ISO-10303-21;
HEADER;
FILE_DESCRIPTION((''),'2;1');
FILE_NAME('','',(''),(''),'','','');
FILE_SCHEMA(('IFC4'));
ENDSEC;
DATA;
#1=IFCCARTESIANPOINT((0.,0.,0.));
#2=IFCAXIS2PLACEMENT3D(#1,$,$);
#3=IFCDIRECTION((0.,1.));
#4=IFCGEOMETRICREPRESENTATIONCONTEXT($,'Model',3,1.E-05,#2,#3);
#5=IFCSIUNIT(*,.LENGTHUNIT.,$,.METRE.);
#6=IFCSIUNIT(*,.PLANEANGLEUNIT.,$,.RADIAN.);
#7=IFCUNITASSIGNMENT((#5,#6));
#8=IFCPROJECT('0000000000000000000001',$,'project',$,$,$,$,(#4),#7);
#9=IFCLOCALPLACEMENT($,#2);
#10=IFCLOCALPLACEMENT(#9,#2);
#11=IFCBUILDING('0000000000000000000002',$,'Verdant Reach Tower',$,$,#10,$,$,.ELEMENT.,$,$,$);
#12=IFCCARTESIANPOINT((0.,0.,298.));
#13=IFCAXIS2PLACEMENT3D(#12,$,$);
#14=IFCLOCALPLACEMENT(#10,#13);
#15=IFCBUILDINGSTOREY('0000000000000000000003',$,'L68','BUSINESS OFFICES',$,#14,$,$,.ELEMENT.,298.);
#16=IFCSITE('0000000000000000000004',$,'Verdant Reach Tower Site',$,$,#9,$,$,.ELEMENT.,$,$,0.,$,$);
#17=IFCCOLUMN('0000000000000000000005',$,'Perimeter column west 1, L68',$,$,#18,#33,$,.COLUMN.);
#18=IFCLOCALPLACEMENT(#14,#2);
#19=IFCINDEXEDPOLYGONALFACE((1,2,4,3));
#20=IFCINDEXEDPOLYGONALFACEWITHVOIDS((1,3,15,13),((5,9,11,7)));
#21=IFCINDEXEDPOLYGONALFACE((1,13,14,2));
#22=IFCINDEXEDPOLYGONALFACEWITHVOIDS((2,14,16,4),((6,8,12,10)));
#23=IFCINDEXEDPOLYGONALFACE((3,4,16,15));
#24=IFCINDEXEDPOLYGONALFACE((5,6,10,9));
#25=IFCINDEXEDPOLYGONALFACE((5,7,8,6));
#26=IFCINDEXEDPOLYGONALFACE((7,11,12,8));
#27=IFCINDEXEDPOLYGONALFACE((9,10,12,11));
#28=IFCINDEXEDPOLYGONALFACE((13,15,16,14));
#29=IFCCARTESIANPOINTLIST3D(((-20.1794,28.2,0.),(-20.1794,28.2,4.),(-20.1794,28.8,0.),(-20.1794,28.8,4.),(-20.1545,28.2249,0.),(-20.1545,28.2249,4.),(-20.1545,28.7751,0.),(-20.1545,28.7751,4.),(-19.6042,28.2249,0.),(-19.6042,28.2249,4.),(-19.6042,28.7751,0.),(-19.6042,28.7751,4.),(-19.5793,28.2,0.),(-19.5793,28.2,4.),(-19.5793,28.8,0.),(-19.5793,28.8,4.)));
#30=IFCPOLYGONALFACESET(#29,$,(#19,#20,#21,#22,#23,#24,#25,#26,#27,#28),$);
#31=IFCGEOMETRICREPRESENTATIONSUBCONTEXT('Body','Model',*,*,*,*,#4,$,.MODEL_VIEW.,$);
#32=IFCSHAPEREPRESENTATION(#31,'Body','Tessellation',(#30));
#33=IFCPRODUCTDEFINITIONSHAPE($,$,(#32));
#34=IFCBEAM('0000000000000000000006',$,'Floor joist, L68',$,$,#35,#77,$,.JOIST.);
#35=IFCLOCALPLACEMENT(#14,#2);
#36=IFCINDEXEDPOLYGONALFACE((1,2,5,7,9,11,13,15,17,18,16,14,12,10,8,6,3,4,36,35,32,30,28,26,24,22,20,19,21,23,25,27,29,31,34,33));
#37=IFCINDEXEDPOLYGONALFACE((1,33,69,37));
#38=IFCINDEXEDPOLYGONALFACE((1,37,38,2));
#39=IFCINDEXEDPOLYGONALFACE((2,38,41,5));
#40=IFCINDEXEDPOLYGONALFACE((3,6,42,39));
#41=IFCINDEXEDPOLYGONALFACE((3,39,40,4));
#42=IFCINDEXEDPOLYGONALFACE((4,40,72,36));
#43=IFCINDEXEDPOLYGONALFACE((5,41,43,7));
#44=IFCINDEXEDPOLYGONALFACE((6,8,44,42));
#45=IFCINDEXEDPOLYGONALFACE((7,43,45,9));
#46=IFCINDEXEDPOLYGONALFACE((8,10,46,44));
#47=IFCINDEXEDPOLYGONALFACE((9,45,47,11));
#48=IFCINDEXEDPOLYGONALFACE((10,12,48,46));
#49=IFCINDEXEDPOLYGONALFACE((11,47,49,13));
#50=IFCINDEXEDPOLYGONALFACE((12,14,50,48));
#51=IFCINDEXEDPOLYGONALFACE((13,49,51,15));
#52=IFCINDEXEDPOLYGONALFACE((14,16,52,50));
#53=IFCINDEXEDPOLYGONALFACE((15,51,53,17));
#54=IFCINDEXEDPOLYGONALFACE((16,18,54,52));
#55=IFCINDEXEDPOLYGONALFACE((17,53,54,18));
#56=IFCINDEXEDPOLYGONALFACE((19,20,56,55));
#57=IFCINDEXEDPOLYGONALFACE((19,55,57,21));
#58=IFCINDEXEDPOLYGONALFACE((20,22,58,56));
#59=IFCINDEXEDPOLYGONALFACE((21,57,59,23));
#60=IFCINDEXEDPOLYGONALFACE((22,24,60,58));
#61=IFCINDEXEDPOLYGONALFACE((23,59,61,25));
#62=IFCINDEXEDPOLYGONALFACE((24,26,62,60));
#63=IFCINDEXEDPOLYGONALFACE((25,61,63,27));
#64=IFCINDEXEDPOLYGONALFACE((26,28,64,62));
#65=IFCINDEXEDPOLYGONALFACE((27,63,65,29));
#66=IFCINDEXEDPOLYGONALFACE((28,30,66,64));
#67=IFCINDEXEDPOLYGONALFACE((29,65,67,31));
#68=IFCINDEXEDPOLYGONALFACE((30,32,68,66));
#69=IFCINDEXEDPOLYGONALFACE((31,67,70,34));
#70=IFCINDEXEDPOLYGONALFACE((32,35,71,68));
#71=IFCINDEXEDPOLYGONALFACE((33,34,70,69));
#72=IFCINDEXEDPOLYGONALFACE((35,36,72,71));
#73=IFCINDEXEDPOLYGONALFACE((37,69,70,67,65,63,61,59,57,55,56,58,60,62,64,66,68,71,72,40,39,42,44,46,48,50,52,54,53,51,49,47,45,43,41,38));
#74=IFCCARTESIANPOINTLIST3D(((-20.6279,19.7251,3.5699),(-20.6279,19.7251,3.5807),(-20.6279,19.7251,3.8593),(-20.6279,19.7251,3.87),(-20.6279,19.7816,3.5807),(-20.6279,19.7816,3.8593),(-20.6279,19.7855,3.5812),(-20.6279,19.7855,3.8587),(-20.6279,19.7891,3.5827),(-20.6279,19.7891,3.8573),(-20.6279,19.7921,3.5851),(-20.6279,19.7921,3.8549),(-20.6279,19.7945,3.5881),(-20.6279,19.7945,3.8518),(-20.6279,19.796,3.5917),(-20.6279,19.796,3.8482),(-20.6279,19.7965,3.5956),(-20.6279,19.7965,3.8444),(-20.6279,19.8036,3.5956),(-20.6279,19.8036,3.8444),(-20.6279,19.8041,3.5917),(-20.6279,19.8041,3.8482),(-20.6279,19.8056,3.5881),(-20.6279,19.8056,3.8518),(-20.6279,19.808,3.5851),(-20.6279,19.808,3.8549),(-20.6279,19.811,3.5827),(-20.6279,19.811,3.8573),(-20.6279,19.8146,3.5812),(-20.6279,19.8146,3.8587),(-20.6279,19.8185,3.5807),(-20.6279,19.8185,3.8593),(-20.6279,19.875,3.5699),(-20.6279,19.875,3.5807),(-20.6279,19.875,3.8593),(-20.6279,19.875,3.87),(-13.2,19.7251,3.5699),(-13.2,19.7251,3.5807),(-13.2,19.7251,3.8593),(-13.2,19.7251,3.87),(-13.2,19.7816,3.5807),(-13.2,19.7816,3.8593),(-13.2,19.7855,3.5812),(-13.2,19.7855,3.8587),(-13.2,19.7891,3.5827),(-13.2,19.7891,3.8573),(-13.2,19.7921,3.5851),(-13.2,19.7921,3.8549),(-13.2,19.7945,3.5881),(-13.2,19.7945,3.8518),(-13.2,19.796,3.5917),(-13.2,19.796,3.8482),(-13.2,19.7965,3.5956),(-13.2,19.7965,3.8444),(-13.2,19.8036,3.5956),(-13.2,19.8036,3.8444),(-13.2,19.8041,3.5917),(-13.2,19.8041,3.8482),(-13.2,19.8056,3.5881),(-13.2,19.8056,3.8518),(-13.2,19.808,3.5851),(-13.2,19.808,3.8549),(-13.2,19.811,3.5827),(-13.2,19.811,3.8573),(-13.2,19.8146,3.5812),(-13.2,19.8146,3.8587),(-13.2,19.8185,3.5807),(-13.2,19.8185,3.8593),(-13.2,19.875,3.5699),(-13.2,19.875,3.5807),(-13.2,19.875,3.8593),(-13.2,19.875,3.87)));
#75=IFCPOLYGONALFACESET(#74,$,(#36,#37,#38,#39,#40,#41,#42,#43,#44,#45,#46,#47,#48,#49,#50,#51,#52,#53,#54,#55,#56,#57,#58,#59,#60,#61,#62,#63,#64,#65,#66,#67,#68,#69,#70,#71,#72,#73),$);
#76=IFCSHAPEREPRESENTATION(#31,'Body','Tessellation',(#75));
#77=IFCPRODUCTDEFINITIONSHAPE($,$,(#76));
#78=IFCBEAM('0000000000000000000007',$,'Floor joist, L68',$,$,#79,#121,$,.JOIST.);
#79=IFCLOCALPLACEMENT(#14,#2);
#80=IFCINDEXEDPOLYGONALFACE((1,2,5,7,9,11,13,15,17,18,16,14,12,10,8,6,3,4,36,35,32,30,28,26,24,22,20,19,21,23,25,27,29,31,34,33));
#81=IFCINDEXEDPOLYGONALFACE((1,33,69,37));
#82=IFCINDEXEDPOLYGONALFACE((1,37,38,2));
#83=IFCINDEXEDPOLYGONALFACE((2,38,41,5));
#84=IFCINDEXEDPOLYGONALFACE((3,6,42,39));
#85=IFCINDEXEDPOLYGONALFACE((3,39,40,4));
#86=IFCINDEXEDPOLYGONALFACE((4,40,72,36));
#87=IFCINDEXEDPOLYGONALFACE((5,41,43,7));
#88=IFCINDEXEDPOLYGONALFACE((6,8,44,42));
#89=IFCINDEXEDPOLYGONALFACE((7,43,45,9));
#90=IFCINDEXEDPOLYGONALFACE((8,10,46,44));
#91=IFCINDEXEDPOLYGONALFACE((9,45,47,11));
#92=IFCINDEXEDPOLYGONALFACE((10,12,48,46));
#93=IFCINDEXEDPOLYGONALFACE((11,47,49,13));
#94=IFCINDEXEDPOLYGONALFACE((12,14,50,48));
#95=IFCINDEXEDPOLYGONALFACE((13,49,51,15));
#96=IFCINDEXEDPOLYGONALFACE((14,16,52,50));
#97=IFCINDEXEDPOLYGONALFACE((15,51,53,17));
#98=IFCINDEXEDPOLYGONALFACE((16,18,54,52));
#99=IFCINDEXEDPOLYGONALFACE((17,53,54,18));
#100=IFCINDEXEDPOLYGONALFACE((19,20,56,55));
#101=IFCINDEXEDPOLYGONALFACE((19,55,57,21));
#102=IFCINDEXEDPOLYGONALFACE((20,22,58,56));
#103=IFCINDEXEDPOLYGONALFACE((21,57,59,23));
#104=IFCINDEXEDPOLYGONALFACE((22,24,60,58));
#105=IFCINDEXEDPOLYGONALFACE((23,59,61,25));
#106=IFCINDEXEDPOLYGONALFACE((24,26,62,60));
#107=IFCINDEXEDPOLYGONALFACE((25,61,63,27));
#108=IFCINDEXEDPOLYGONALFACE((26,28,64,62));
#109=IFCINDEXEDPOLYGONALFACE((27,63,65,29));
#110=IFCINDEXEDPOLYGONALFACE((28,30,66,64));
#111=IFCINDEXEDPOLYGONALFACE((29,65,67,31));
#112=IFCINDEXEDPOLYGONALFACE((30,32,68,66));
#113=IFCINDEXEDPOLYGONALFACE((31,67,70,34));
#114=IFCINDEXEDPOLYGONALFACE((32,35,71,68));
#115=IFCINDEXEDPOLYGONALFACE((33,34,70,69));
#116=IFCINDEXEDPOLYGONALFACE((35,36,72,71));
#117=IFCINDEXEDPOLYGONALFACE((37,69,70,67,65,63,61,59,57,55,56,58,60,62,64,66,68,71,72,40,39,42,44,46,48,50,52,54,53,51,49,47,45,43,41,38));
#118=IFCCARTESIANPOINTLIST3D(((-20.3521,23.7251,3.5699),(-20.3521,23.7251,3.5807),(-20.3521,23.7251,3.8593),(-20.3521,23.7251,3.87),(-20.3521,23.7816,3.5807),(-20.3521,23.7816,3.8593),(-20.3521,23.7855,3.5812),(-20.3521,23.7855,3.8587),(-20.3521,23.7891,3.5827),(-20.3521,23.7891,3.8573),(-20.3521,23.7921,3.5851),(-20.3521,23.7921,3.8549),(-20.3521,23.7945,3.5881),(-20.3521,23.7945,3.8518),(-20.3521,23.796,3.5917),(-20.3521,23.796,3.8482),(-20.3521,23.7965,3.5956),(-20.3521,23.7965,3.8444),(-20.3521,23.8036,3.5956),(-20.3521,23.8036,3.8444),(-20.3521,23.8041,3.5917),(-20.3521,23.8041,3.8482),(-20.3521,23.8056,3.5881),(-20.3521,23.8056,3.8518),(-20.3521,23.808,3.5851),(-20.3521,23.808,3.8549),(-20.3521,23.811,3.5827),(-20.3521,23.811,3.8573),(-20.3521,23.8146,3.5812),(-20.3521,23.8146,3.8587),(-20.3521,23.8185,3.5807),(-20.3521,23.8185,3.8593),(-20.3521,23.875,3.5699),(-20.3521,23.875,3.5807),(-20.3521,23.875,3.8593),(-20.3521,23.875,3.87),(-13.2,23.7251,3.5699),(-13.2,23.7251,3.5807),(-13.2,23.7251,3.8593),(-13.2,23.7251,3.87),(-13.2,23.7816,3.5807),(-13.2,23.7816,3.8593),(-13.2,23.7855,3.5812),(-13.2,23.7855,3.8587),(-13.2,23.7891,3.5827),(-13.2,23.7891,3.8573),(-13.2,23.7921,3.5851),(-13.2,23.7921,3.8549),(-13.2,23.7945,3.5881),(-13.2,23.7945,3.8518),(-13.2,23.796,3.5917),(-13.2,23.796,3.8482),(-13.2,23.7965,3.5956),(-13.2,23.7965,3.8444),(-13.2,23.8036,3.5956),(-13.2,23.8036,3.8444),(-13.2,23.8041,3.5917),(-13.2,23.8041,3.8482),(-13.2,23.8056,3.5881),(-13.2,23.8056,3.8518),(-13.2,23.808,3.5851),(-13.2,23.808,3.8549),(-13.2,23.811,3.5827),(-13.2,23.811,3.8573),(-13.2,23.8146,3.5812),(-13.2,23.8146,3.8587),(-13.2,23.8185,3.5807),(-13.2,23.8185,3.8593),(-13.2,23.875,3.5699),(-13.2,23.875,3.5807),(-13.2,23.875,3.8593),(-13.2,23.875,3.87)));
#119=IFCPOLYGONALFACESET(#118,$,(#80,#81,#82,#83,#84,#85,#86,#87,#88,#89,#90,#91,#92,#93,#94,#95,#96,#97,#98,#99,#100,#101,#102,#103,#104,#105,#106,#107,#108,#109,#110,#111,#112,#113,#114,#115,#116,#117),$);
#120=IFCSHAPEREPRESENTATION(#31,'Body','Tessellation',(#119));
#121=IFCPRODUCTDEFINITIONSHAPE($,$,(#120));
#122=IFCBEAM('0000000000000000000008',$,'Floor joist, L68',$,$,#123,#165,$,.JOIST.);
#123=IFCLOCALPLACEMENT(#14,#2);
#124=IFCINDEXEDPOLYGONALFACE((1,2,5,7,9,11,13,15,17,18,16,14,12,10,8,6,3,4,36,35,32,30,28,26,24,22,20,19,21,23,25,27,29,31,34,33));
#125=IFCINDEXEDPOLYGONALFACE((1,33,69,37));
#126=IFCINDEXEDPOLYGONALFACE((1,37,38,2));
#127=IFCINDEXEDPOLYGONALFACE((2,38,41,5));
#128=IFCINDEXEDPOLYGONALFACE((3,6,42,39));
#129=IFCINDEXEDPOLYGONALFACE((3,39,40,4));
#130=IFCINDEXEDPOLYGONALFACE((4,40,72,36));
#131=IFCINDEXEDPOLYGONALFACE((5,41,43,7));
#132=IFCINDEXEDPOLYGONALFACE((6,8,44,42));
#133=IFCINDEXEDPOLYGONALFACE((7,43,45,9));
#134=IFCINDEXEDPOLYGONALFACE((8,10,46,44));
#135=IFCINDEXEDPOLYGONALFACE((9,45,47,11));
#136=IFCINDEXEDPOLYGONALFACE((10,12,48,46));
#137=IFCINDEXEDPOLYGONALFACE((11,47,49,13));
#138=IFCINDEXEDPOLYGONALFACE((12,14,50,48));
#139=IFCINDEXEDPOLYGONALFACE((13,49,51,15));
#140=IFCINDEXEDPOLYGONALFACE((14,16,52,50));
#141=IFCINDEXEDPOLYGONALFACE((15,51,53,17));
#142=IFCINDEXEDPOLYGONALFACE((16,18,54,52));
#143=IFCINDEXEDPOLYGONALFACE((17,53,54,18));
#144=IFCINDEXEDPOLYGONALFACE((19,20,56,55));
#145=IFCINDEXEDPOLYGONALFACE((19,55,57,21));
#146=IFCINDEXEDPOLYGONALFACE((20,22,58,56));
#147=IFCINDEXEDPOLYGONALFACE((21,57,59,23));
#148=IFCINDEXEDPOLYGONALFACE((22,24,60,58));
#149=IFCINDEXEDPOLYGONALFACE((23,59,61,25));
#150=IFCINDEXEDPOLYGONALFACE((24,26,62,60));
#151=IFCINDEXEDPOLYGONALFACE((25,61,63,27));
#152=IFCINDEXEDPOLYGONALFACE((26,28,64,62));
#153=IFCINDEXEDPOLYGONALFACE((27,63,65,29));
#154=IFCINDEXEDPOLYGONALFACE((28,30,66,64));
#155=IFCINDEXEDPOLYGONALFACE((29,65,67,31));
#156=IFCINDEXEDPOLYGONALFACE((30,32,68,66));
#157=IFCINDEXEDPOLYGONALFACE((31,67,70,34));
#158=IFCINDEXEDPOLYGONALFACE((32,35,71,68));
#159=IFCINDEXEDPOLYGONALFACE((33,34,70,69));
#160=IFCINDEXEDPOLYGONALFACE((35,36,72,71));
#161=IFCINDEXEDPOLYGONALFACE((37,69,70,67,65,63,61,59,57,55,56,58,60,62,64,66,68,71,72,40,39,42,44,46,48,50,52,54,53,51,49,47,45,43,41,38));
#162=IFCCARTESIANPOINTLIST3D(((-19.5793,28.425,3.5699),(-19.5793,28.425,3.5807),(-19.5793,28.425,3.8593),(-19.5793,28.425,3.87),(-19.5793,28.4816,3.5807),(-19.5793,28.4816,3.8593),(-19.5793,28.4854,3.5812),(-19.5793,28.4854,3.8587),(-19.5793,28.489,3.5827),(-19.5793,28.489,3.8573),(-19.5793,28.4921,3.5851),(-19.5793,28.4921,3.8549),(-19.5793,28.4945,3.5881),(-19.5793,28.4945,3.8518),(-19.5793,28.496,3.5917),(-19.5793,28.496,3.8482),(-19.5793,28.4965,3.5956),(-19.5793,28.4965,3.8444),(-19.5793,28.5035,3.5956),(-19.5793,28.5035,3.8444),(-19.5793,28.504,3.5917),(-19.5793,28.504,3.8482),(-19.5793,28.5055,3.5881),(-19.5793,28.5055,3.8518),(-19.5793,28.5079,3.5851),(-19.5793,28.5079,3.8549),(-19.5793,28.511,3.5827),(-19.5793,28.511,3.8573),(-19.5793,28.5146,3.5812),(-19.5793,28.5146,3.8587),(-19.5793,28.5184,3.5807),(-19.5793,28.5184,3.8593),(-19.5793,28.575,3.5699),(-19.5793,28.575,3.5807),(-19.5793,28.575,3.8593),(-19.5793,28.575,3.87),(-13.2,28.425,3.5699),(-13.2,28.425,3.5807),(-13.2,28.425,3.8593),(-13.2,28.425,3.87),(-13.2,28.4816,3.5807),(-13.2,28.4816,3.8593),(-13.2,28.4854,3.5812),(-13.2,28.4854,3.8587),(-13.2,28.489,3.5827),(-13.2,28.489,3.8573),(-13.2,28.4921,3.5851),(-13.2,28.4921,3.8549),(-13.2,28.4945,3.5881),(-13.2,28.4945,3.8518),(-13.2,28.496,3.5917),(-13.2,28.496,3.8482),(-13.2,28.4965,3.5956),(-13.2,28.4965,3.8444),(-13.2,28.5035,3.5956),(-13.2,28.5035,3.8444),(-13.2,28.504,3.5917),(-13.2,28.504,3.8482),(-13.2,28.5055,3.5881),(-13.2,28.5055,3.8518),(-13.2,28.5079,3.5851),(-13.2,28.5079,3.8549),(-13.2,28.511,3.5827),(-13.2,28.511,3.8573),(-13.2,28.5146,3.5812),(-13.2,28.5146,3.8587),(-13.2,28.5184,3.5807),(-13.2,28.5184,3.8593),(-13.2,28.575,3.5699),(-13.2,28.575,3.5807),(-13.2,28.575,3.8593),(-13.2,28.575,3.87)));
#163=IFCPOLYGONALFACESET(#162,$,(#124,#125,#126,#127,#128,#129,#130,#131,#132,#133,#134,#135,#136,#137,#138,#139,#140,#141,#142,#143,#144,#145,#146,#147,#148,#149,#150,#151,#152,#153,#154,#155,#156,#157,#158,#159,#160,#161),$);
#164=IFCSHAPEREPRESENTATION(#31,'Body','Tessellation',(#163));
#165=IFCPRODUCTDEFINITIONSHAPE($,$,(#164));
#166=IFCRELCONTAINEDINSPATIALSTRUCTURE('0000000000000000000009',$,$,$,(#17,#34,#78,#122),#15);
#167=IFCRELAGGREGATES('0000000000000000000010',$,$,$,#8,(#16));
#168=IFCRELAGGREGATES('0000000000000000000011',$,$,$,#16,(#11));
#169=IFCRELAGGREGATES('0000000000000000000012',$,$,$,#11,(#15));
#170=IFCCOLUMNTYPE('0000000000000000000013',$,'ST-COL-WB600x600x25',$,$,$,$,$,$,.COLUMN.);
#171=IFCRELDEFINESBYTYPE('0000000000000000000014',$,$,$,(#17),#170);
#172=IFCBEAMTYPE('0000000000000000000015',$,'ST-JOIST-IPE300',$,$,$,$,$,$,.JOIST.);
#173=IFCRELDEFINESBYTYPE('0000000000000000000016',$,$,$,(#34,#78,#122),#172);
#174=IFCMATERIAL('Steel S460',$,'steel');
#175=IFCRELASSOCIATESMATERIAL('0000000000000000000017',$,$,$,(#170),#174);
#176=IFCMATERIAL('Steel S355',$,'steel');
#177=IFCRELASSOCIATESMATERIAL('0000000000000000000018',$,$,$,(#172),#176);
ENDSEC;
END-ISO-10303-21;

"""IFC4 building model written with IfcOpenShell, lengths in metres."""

from ifc_helpers import new_model, si_unit, direction, frame, origin, origin_2d, place, context, subcontext, project, spatial, hollow_rectangle, i_section, extrude, material, material_profile, profile_set, type_object, element, save


model = new_model("IFC4")

# Units and contexts
model_context = context("Model", 3, precision=1e-05, world=origin(), true_north=direction((0.0, 1.0)))
body_context = subcontext(model_context, "Body", "Model", "MODEL_VIEW")
ifc_project = project(units=[si_unit("LENGTHUNIT", "METRE"), si_unit("PLANEANGLEUNIT", "RADIAN")], contexts=[model_context])

# Site, building, storey
site_placement = place(None, origin())
site = spatial("IfcSite", under=ifc_project, at=site_placement, Name="Verdant Reach Tower Site", CompositionType="ELEMENT", RefElevation=0.0)
building_placement = place(site_placement, origin())
building = spatial("IfcBuilding", under=site, at=building_placement, Name="Verdant Reach Tower", CompositionType="ELEMENT")
storey_placement = place(building_placement, frame((0.0, 0.0, 298.0)))
storey = spatial("IfcBuildingStorey", under=building, at=storey_placement, Name="L68", Description="BUSINESS OFFICES", CompositionType="ELEMENT", Elevation=298.0)

# Column
ifc_material_1 = material(Name="Steel S460", Category="steel")
ifc_material_profile_1 = material_profile(ifc_material_1, hollow_rectangle(XDim=0.6001, YDim=0.6001, WallThickness=0.0249, at=origin_2d()), Name="WB 600x600x25")
ifc_profile_set_1 = profile_set([ifc_material_profile_1], Name="Steel S460")
column_type = type_object("IfcColumnType", Name="ST-COL-WB600x600x25", PredefinedType="COLUMN", material=ifc_profile_set_1)
column_placement = place(storey_placement, frame((-19.8794, 28.5, 0.0), z_axis=(0.0, 0.0, 1.0), x_axis=(1.0, 0.0, 0.0)))
element("IfcColumn", 1, at=column_placement, inside=storey, type_object=column_type, Name="Perimeter column west 1, L68", PredefinedType="COLUMN", context=body_context, shape_type="SweptSolid", body=[
    extrude(hollow_rectangle(XDim=0.6001, YDim=0.6001, WallThickness=0.0249, at=origin_2d()), origin(), (0.0, 0.0, 1.0), 4.0),
])

# Beams
ifc_material_2 = material(Name="Steel S355", Category="steel")
ifc_material_profile_2 = material_profile(ifc_material_2, i_section(OverallWidth=0.1499, OverallDepth=0.3, WebThickness=0.0071, FlangeThickness=0.0107, FilletRadius=0.0149, at=origin_2d()), Name="IPE 300")
ifc_profile_set_2 = profile_set([ifc_material_profile_2], Name="Steel S355")
beam_type_1 = type_object("IfcBeamType", Name="ST-JOIST-IPE300", PredefinedType="JOIST", material=ifc_profile_set_2)
beam_1_placement = place(storey_placement, frame((-13.2, 19.8, 3.72), z_axis=(-1.0, 0.0, 0.0), x_axis=(0.0, -1.0, 0.0)))
element("IfcBeam", 2, at=beam_1_placement, inside=storey, type_object=beam_type_1, Name="Floor joist, L68", PredefinedType="JOIST", context=body_context, shape_type="SweptSolid", body=[
    extrude(i_section(OverallWidth=0.1499, OverallDepth=0.3, WebThickness=0.0071, FlangeThickness=0.0107, FilletRadius=0.0149, at=origin_2d()), origin(), (0.0, 0.0, 1.0), 7.428),
])
beam_2_placement = place(storey_placement, frame((-13.2, 23.8, 3.72), z_axis=(-1.0, 0.0, 0.0), x_axis=(0.0, -1.0, 0.0)))
element("IfcBeam", 3, at=beam_2_placement, inside=storey, type_object=beam_type_1, Name="Floor joist, L68", PredefinedType="JOIST", context=body_context, shape_type="SweptSolid", body=[
    extrude(i_section(OverallWidth=0.1499, OverallDepth=0.3, WebThickness=0.0071, FlangeThickness=0.0107, FilletRadius=0.0149, at=origin_2d()), origin(), (0.0, 0.0, 1.0), 7.1521),
])
beam_3_placement = place(storey_placement, frame((-13.2, 28.5, 3.72), z_axis=(-1.0, 0.0, 0.0), x_axis=(0.0, -1.0, 0.0)))
element("IfcBeam", 4, at=beam_3_placement, inside=storey, type_object=beam_type_1, Name="Floor joist, L68", PredefinedType="JOIST", context=body_context, shape_type="SweptSolid", body=[
    extrude(i_section(OverallWidth=0.1499, OverallDepth=0.3, WebThickness=0.0071, FlangeThickness=0.0107, FilletRadius=0.0149, at=origin_2d()), origin(), (0.0, 0.0, 1.0), 6.3794),
])

save(model, "model.ifc")
